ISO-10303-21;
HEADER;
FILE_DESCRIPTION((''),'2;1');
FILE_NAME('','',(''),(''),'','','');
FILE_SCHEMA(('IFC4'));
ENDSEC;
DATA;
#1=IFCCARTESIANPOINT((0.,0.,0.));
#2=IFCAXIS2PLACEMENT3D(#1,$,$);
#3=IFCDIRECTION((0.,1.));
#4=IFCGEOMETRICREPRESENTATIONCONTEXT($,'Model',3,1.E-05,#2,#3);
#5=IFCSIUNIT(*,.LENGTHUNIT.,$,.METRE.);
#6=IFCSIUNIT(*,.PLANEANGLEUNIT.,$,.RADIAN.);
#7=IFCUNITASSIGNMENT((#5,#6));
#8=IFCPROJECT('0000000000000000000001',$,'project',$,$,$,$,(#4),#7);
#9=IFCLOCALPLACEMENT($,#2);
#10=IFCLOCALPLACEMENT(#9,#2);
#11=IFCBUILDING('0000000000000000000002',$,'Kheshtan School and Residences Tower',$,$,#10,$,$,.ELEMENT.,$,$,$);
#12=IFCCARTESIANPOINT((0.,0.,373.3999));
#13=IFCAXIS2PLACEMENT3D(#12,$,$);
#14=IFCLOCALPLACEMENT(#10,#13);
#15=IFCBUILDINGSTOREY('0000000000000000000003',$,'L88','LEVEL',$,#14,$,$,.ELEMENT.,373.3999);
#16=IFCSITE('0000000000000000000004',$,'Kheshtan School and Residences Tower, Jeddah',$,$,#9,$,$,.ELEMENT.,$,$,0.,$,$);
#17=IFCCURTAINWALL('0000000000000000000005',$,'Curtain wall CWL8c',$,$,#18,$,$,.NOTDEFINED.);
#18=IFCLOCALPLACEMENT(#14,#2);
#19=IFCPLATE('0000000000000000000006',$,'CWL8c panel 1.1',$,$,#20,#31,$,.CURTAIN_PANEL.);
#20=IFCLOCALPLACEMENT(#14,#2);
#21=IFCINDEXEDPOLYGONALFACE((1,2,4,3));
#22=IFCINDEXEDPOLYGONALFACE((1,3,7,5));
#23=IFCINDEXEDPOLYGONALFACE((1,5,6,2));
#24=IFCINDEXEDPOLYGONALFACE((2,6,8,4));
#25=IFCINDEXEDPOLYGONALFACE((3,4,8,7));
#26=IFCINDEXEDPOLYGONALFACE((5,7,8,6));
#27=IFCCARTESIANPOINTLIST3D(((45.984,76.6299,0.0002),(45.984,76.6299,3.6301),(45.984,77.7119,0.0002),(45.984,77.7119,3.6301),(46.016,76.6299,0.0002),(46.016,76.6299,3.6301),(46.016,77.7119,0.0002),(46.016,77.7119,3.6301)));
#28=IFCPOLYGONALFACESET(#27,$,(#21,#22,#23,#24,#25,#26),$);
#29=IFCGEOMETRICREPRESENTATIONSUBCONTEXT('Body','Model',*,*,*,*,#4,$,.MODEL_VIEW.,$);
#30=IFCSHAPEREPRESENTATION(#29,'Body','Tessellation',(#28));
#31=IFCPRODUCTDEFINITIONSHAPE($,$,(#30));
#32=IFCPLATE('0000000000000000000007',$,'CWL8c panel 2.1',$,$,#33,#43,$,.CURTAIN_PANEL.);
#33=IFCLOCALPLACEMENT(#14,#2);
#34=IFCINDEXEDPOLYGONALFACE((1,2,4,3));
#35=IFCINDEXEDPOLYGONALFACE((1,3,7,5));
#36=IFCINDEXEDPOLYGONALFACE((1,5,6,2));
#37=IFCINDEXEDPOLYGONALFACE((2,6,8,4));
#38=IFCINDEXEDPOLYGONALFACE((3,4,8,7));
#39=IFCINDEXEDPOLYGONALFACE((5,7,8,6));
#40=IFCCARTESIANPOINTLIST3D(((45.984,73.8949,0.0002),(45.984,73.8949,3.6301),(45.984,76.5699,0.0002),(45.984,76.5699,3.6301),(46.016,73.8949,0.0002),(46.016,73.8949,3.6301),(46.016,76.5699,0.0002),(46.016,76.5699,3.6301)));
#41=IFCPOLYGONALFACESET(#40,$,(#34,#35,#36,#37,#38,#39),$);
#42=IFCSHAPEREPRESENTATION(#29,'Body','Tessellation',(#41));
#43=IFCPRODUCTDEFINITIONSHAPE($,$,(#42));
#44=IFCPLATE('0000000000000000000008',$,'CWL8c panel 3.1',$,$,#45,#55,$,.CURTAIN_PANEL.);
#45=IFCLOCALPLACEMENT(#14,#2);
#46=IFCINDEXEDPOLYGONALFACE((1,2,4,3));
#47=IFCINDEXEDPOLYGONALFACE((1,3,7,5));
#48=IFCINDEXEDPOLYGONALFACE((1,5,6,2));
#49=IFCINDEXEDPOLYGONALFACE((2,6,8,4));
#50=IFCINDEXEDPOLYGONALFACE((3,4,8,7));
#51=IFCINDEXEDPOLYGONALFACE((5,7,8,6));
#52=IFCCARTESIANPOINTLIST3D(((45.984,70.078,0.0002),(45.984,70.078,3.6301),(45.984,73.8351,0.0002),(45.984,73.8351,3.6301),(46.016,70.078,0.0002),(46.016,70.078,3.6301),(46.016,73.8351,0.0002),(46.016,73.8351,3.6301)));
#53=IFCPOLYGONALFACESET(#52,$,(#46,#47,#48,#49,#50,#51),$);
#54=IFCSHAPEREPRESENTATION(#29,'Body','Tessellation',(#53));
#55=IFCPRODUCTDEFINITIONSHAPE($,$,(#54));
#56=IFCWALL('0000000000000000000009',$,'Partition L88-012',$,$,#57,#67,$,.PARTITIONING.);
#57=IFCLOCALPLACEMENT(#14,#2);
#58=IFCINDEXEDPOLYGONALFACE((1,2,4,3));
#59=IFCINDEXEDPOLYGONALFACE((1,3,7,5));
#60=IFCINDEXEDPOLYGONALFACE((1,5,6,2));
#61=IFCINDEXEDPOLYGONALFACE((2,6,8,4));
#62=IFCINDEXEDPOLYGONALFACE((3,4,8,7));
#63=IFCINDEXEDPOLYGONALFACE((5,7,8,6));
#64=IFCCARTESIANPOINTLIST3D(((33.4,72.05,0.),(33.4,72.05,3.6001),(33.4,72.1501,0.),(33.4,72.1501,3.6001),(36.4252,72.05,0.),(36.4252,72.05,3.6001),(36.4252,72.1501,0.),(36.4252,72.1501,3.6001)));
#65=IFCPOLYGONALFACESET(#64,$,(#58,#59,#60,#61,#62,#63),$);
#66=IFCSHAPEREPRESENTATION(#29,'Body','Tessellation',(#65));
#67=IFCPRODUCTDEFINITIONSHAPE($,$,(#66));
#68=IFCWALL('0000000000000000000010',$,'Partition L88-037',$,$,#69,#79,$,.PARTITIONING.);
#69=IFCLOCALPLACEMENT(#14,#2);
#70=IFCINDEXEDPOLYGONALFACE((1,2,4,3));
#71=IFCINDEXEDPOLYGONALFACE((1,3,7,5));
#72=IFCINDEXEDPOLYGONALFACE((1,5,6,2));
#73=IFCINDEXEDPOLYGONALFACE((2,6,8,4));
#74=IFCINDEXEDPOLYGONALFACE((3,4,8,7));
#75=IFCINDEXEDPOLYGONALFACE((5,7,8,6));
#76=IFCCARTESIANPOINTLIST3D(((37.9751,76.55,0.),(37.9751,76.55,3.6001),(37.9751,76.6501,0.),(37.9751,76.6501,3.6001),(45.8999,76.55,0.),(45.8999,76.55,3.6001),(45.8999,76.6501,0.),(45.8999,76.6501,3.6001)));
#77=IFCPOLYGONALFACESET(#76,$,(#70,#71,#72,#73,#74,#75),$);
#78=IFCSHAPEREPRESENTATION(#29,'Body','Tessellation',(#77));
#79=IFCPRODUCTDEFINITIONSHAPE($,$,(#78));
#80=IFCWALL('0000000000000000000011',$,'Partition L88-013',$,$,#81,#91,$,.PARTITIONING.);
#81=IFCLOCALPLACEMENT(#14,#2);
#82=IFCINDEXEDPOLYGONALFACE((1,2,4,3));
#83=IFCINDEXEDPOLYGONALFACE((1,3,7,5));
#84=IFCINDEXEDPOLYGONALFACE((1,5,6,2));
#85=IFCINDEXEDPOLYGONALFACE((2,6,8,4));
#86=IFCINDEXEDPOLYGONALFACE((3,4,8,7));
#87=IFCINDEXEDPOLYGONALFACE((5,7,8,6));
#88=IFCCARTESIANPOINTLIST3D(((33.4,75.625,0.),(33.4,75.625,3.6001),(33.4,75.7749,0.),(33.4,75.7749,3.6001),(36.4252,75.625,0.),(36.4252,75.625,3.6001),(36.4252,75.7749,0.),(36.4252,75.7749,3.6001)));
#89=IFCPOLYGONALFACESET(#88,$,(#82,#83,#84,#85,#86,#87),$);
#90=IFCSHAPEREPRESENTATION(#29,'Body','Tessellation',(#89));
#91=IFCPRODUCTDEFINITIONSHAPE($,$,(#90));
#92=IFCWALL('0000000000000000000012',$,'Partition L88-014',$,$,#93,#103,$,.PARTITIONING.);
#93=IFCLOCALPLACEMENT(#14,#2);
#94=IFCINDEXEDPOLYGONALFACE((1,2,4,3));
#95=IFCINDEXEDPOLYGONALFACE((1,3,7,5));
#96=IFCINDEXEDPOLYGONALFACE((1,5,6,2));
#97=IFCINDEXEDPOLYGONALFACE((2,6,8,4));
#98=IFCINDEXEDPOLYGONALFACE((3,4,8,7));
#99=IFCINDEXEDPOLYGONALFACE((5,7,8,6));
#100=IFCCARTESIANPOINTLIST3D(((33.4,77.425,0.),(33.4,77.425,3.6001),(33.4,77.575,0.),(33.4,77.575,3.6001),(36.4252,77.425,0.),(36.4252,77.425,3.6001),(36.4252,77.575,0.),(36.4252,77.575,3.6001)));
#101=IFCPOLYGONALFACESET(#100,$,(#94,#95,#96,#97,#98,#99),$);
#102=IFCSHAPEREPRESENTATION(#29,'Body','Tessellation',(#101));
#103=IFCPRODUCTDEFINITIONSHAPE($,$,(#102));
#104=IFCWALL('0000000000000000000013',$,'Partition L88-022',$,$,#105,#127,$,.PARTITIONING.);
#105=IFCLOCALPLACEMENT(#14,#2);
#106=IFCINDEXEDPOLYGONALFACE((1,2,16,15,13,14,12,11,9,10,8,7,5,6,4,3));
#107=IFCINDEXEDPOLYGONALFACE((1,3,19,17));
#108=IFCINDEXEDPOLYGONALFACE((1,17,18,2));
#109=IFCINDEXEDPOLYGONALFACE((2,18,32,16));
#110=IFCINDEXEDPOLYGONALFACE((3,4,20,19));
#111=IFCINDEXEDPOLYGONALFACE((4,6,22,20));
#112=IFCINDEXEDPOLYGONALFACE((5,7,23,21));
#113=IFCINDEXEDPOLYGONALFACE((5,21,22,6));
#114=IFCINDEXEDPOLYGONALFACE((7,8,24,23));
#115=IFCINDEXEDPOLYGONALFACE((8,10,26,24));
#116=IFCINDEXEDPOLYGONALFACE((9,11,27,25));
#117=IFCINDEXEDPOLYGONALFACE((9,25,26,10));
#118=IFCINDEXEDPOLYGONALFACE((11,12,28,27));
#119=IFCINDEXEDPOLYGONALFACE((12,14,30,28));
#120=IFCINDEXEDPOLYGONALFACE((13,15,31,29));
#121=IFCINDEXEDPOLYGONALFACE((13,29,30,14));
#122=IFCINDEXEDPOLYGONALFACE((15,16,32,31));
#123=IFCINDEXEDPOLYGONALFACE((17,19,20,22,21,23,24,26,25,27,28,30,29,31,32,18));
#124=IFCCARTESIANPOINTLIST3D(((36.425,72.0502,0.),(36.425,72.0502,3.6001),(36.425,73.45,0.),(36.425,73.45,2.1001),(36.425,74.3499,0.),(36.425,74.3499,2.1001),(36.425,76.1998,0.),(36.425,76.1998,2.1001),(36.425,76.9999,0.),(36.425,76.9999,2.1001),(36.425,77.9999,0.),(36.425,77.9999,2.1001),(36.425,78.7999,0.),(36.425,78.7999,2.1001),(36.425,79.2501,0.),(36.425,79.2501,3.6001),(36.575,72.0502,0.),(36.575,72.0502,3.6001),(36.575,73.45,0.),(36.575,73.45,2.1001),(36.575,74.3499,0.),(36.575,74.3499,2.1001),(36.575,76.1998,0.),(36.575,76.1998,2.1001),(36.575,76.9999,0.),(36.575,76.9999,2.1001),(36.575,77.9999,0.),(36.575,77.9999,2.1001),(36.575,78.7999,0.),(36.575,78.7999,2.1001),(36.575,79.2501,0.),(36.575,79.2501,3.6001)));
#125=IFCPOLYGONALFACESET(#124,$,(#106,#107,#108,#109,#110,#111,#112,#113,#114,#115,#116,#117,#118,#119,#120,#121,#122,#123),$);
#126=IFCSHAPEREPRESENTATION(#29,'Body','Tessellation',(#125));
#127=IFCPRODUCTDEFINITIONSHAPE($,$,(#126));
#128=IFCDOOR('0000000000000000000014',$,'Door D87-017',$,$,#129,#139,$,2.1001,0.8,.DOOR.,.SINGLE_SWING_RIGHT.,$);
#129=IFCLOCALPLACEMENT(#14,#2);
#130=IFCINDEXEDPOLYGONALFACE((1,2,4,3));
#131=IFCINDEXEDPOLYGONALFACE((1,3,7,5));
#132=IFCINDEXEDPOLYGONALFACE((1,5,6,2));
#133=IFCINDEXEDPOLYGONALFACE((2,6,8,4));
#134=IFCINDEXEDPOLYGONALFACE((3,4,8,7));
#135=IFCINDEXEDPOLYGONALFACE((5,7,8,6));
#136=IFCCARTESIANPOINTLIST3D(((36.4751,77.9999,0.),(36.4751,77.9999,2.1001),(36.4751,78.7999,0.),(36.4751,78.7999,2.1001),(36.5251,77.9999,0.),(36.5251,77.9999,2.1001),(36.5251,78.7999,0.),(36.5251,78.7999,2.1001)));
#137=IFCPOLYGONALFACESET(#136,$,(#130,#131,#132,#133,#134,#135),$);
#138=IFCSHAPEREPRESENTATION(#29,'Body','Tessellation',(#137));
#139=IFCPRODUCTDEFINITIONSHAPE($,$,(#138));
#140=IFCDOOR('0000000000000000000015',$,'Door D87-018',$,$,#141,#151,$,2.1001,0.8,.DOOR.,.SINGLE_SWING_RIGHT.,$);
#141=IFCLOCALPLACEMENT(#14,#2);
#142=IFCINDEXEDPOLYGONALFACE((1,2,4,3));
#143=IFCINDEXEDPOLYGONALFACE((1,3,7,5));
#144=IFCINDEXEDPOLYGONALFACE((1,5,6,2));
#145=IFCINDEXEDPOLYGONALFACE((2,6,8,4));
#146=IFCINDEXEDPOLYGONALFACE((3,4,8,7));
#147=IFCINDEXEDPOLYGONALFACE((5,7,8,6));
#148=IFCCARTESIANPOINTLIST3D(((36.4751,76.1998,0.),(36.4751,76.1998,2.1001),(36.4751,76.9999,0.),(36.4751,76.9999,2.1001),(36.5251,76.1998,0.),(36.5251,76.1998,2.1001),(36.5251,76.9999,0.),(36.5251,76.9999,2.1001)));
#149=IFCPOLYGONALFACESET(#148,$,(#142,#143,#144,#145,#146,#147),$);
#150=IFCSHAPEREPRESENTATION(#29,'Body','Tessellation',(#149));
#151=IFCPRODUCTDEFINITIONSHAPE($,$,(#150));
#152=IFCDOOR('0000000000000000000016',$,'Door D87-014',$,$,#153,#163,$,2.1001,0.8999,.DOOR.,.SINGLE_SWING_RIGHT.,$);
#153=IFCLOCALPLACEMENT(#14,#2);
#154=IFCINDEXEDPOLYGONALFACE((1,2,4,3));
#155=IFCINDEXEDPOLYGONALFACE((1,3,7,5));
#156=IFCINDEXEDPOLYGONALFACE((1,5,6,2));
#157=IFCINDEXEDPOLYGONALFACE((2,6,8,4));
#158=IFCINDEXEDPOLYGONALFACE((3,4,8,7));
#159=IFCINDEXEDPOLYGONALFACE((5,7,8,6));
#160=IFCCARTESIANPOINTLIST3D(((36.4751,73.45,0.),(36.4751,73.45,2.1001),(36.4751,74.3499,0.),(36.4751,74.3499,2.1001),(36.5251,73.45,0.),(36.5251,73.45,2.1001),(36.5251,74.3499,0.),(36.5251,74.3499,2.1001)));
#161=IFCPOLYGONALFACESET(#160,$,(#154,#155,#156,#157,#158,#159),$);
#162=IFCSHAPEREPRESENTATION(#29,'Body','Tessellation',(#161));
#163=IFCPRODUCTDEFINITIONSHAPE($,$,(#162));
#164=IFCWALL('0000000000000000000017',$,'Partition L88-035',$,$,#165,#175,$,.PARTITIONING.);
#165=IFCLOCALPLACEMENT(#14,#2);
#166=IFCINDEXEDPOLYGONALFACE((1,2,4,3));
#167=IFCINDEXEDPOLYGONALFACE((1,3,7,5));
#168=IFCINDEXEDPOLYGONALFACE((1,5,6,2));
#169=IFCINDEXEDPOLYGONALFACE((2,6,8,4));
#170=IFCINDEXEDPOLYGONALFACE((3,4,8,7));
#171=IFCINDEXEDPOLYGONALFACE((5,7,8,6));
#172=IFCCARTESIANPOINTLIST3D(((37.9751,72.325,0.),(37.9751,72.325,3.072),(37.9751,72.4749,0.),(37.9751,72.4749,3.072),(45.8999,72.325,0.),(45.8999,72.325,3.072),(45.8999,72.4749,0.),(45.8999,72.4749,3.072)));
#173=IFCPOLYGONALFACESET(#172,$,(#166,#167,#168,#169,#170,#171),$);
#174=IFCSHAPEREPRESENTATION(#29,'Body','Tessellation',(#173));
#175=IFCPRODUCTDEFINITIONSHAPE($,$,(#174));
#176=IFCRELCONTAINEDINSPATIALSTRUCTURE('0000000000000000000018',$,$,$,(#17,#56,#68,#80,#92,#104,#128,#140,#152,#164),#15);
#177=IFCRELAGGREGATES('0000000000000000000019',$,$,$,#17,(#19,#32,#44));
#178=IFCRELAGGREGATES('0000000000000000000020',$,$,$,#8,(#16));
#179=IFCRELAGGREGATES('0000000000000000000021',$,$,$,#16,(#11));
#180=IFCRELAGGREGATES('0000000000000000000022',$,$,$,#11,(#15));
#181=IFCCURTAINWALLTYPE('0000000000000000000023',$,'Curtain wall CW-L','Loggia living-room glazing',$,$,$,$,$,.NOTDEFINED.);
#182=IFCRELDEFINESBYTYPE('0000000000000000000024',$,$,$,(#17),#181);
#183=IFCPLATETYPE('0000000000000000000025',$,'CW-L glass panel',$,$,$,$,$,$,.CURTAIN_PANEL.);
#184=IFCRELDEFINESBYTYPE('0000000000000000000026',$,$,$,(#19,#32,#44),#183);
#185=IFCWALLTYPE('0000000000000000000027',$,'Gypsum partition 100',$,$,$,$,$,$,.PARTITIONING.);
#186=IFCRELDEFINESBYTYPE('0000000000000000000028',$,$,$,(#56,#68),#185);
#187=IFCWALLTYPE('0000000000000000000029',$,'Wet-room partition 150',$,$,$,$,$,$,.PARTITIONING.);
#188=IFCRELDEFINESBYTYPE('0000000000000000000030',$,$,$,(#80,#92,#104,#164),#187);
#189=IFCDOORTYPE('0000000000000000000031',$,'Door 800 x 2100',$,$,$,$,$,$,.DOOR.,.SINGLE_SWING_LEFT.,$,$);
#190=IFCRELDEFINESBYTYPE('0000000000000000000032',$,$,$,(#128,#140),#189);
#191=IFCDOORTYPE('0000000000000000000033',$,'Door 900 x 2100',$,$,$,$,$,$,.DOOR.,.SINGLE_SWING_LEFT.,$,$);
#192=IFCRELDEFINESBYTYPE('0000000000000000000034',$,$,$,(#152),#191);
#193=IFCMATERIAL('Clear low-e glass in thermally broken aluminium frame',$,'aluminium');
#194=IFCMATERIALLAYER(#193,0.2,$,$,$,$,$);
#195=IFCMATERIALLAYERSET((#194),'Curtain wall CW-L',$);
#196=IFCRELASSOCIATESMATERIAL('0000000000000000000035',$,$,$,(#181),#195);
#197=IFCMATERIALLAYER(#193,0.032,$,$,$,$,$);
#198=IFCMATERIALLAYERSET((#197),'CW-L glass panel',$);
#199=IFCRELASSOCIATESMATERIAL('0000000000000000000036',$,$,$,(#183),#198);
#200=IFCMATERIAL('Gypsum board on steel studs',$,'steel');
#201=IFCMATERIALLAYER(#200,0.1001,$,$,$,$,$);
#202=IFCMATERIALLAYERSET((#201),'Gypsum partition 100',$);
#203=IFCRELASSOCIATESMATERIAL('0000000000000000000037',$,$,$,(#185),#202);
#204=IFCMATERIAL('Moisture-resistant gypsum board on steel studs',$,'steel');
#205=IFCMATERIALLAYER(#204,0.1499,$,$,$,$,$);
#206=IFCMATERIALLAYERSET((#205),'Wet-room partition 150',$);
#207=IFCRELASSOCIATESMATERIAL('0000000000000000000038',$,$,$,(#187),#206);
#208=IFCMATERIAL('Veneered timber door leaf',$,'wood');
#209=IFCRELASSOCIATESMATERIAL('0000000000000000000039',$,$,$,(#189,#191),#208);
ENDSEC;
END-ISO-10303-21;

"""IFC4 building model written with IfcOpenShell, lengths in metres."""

from ifc_helpers import new_model, si_unit, direction, frame, frame_2d, origin, origin_2d, place, context, subcontext, project, spatial, rectangle, extrude, source, transform, mapped, material, layer, layer_set, type_object, element, fill, aggregate, save


model = new_model("IFC4")

# Units and contexts
model_context = context("Model", 3, precision=1e-05, world=origin(), true_north=direction((0.0, 1.0)))
body_context = subcontext(model_context, "Body", "Model", "MODEL_VIEW")
ifc_project = project(units=[si_unit("LENGTHUNIT", "METRE"), si_unit("PLANEANGLEUNIT", "RADIAN")], contexts=[model_context])

# Site, building, storey
site_placement = place(None, origin())
site = spatial("IfcSite", under=ifc_project, at=site_placement, Name="Kheshtan School and Residences Tower, Jeddah", CompositionType="ELEMENT", RefElevation=0.0)
building_placement = place(site_placement, origin())
building = spatial("IfcBuilding", under=site, at=building_placement, Name="Kheshtan School and Residences Tower", CompositionType="ELEMENT")
storey_placement = place(building_placement, frame((0.0, 0.0, 373.3999)))
storey = spatial("IfcBuildingStorey", under=building, at=storey_placement, Name="L88", Description="LEVEL", CompositionType="ELEMENT", Elevation=373.3999)

# Curtain wall
ifc_material_1 = material(Name="Clear low-e glass in thermally broken aluminium frame", Category="aluminium")
ifc_layer_1 = layer(ifc_material_1, 0.2)
ifc_layer_set_1 = layer_set([ifc_layer_1], Name="Curtain wall CW-L")
curtain_wall_type = type_object("IfcCurtainWallType", Name="Curtain wall CW-L", Description="Loggia living-room glazing", PredefinedType="NOTDEFINED", material=ifc_layer_set_1)
curtain_wall_1_placement = place(storey_placement, origin())
curtain_wall_1 = element("IfcCurtainWall", 1, at=curtain_wall_1_placement, inside=storey, type_object=curtain_wall_type, Name="Curtain wall CWL8c", PredefinedType="NOTDEFINED")

# Plates
ifc_layer_2 = layer(ifc_material_1, 0.032)
ifc_layer_set_2 = layer_set([ifc_layer_2], Name="CW-L glass panel")
plate_type = type_object("IfcPlateType", Name="CW-L glass panel", PredefinedType="CURTAIN_PANEL", material=ifc_layer_set_2)
plate_1_placement = place(storey_placement, frame((46.0, 77.1709, 0.0002), z_axis=(0.0, 0.0, 1.0), x_axis=(0.0, -1.0, 0.0)))
plate_1 = element("IfcPlate", 2, at=plate_1_placement, type_object=plate_type, Name="CWL8c panel 1.1", PredefinedType="CURTAIN_PANEL", context=body_context, shape_type="SweptSolid", body=[
    extrude(rectangle(XDim=1.082, YDim=0.032, at=origin_2d()), origin(), (0.0, 0.0, 1.0), 3.6299),
])
plate_2_placement = place(storey_placement, frame((46.0, 75.2324, 0.0002), z_axis=(0.0, 0.0, 1.0), x_axis=(0.0, -1.0, 0.0)))
plate_2 = element("IfcPlate", 3, at=plate_2_placement, type_object=plate_type, Name="CWL8c panel 2.1", PredefinedType="CURTAIN_PANEL", context=body_context, shape_type="SweptSolid", body=[
    extrude(rectangle(XDim=2.675, YDim=0.032, at=origin_2d()), origin(), (0.0, 0.0, 1.0), 3.6299),
])
plate_3_placement = place(storey_placement, frame((46.0, 71.9565, 0.0002), z_axis=(0.0, 0.0, 1.0), x_axis=(0.0, -1.0, 0.0)))
plate_3 = element("IfcPlate", 4, at=plate_3_placement, type_object=plate_type, Name="CWL8c panel 3.1", PredefinedType="CURTAIN_PANEL", context=body_context, shape_type="SweptSolid", body=[
    extrude(rectangle(XDim=3.7571, YDim=0.032, at=origin_2d()), origin(), (0.0, 0.0, 1.0), 3.6299),
])
aggregate(curtain_wall_1, [plate_1, plate_2, plate_3])

# Walls
ifc_material_2 = material(Name="Gypsum board on steel studs", Category="steel")
ifc_layer_3 = layer(ifc_material_2, 0.1001)
ifc_layer_set_3 = layer_set([ifc_layer_3], Name="Gypsum partition 100")
wall_type_1 = type_object("IfcWallType", Name="Gypsum partition 100", PredefinedType="PARTITIONING", material=ifc_layer_set_3)
wall_1_placement = place(storey_placement, frame((33.3999, 72.1001, 0.0), z_axis=(0.0, 0.0, 1.0), x_axis=(1.0, 0.0, 0.0)))
element("IfcWall", 5, at=wall_1_placement, inside=storey, type_object=wall_type_1, Name="Partition L88-012", PredefinedType="PARTITIONING", context=body_context, shape_type="SweptSolid", body=[
    extrude(rectangle(XDim=3.0251, YDim=0.1001, at=frame_2d((1.5127, 0.0))), origin(), (0.0, 0.0, 1.0), 3.6001),
])
wall_2_placement = place(storey_placement, frame((37.9751, 76.6001, 0.0), z_axis=(0.0, 0.0, 1.0), x_axis=(1.0, 0.0, 0.0)))
element("IfcWall", 6, at=wall_2_placement, inside=storey, type_object=wall_type_1, Name="Partition L88-037", PredefinedType="PARTITIONING", context=body_context, shape_type="SweptSolid", body=[
    extrude(rectangle(XDim=7.9248, YDim=0.1001, at=frame_2d((3.9624, 0.0))), origin(), (0.0, 0.0, 1.0), 3.6001),
])
ifc_material_3 = material(Name="Moisture-resistant gypsum board on steel studs", Category="steel")
ifc_layer_4 = layer(ifc_material_3, 0.1499)
ifc_layer_set_4 = layer_set([ifc_layer_4], Name="Wet-room partition 150")
wall_type_2 = type_object("IfcWallType", Name="Wet-room partition 150", PredefinedType="PARTITIONING", material=ifc_layer_set_4)
for number, where, z_axis, x_axis, name in (
    (7, (33.3999, 75.7, 0.0), (0.0, 0.0, 1.0), (1.0, 0.0, 0.0), "Partition L88-013"),
    (8, (33.3999, 77.5, 0.0), (0.0, 0.0, 1.0), (1.0, 0.0, 0.0), "Partition L88-014"),
):
    element("IfcWall", number, at=place(storey_placement, frame(where, z_axis=z_axis, x_axis=x_axis)), inside=storey, type_object=wall_type_2, Name=name, PredefinedType="PARTITIONING", context=body_context, shape_type="SweptSolid", body=[
        extrude(rectangle(XDim=3.0251, YDim=0.1499, at=frame_2d((1.5127, 0.0))), origin(), (0.0, 0.0, 1.0), 3.6001),
    ])

# Wall, openings, doors
wall_3_placement = place(storey_placement, frame((36.5, 72.05, 0.0), z_axis=(0.0, 0.0, 1.0), x_axis=(0.0, 1.0, 0.0)))
wall_3 = element("IfcWall", 9, at=wall_3_placement, inside=storey, type_object=wall_type_2, Name="Partition L88-022", PredefinedType="PARTITIONING", context=body_context, shape_type="SweptSolid", body=[
    extrude(rectangle(XDim=7.2, YDim=0.1499, at=frame_2d((3.6001, 0.0))), origin(), (0.0, 0.0, 1.0), 3.6001),
])
opening_1_placement = place(wall_3_placement, frame((1.3999, 0.0, 0.0)))
opening_1 = element("IfcOpeningElement", 10, at=opening_1_placement, cuts=wall_3, PredefinedType="OPENING", context=body_context, shape_type="SweptSolid", body=[
    extrude(rectangle(XDim=0.8999, YDim=2.1001, at=frame_2d((0.45, 1.05))), frame((0.0, 0.085, 0.0), z_axis=(0.0, -1.0, 0.0), x_axis=(1.0, 0.0, 0.0)), (0.0, 0.0, 1.0), 0.1699),
])
opening_2_placement = place(wall_3_placement, frame((5.95, 0.0, 0.0)))
opening_2 = element("IfcOpeningElement", 11, at=opening_2_placement, cuts=wall_3, PredefinedType="OPENING", context=body_context, shape_type="SweptSolid", body=[
    extrude(rectangle(XDim=0.8, YDim=2.1001, at=frame_2d((0.3999, 1.05))), frame((0.0, 0.085, 0.0), z_axis=(0.0, -1.0, 0.0), x_axis=(1.0, 0.0, 0.0)), (0.0, 0.0, 1.0), 0.1699),
])
opening_3_placement = place(wall_3_placement, frame((4.1499, 0.0, 0.0)))
opening_3 = element("IfcOpeningElement", 12, at=opening_3_placement, cuts=wall_3, PredefinedType="OPENING", context=body_context, shape_type="SweptSolid", body=[
    extrude(rectangle(XDim=0.8, YDim=2.1001, at=frame_2d((0.3999, 1.05))), frame((0.0, 0.085, 0.0), z_axis=(0.0, -1.0, 0.0), x_axis=(1.0, 0.0, 0.0)), (0.0, 0.0, 1.0), 0.1699),
])
ifc_material_4 = material(Name="Veneered timber door leaf", Category="wood")
door_type_1 = type_object("IfcDoorType", Name="Door 800 x 2100", OperationType="SINGLE_SWING_LEFT", PredefinedType="DOOR", material=ifc_material_4)
shared_shape_1 = source(origin(), body_context, "Body", "SweptSolid", [
    extrude(rectangle(XDim=0.8, YDim=2.1001, at=frame_2d((0.3999, 1.05))), frame((0.0, 0.0249, 0.0), z_axis=(0.0, -1.0, 0.0), x_axis=(1.0, 0.0, 0.0)), (0.0, 0.0, 1.0), 0.05),
])
door_1_placement = place(opening_2_placement, origin())
door_1 = element("IfcDoor", 13, at=door_1_placement, inside=storey, type_object=door_type_1, Name="Door D87-017", OperationType="SINGLE_SWING_RIGHT", OverallHeight=2.1001, OverallWidth=0.8, PredefinedType="DOOR", context=body_context, shape_type="MappedRepresentation", body=[
    mapped(shared_shape_1, transform((0.0, 0.0, 0.0), x_axis=(1.0, 0.0, 0.0), y_axis=(0.0, 1.0, 0.0), z_axis=(0.0, 0.0, 1.0), scale=1.0)),
])
fill(opening_2, door_1)
door_2_placement = place(opening_3_placement, origin())
door_2 = element("IfcDoor", 14, at=door_2_placement, inside=storey, type_object=door_type_1, Name="Door D87-018", OperationType="SINGLE_SWING_RIGHT", OverallHeight=2.1001, OverallWidth=0.8, PredefinedType="DOOR", context=body_context, shape_type="MappedRepresentation", body=[
    mapped(shared_shape_1, transform((0.0, 0.0, 0.0), x_axis=(1.0, 0.0, 0.0), y_axis=(0.0, 1.0, 0.0), z_axis=(0.0, 0.0, 1.0), scale=1.0)),
])
fill(opening_3, door_2)
door_type_2 = type_object("IfcDoorType", Name="Door 900 x 2100", OperationType="SINGLE_SWING_LEFT", PredefinedType="DOOR", material=ifc_material_4)
shared_shape_2 = source(origin(), body_context, "Body", "SweptSolid", [
    extrude(rectangle(XDim=0.8999, YDim=2.1001, at=frame_2d((0.45, 1.05))), frame((0.0, 0.0249, 0.0), z_axis=(0.0, -1.0, 0.0), x_axis=(1.0, 0.0, 0.0)), (0.0, 0.0, 1.0), 0.05),
])
door_3_placement = place(opening_1_placement, origin())
door_3 = element("IfcDoor", 15, at=door_3_placement, inside=storey, type_object=door_type_2, Name="Door D87-014", OperationType="SINGLE_SWING_RIGHT", OverallHeight=2.1001, OverallWidth=0.8999, PredefinedType="DOOR", context=body_context, shape_type="MappedRepresentation", body=[
    mapped(shared_shape_2, transform((0.0, 0.0, 0.0), x_axis=(1.0, 0.0, 0.0), y_axis=(0.0, 1.0, 0.0), z_axis=(0.0, 0.0, 1.0), scale=1.0)),
])
fill(opening_1, door_3)

# Wall
wall_4_placement = place(storey_placement, frame((37.9751, 72.3999, 0.0), z_axis=(0.0, 0.0, 1.0), x_axis=(1.0, 0.0, 0.0)))
element("IfcWall", 16, at=wall_4_placement, inside=storey, type_object=wall_type_2, Name="Partition L88-035", PredefinedType="PARTITIONING", context=body_context, shape_type="SweptSolid", body=[
    extrude(rectangle(XDim=7.9248, YDim=0.1499, at=frame_2d((3.9624, 0.0))), origin(), (0.0, 0.0, 1.0), 3.072),
])

save(model, "model.ifc")
